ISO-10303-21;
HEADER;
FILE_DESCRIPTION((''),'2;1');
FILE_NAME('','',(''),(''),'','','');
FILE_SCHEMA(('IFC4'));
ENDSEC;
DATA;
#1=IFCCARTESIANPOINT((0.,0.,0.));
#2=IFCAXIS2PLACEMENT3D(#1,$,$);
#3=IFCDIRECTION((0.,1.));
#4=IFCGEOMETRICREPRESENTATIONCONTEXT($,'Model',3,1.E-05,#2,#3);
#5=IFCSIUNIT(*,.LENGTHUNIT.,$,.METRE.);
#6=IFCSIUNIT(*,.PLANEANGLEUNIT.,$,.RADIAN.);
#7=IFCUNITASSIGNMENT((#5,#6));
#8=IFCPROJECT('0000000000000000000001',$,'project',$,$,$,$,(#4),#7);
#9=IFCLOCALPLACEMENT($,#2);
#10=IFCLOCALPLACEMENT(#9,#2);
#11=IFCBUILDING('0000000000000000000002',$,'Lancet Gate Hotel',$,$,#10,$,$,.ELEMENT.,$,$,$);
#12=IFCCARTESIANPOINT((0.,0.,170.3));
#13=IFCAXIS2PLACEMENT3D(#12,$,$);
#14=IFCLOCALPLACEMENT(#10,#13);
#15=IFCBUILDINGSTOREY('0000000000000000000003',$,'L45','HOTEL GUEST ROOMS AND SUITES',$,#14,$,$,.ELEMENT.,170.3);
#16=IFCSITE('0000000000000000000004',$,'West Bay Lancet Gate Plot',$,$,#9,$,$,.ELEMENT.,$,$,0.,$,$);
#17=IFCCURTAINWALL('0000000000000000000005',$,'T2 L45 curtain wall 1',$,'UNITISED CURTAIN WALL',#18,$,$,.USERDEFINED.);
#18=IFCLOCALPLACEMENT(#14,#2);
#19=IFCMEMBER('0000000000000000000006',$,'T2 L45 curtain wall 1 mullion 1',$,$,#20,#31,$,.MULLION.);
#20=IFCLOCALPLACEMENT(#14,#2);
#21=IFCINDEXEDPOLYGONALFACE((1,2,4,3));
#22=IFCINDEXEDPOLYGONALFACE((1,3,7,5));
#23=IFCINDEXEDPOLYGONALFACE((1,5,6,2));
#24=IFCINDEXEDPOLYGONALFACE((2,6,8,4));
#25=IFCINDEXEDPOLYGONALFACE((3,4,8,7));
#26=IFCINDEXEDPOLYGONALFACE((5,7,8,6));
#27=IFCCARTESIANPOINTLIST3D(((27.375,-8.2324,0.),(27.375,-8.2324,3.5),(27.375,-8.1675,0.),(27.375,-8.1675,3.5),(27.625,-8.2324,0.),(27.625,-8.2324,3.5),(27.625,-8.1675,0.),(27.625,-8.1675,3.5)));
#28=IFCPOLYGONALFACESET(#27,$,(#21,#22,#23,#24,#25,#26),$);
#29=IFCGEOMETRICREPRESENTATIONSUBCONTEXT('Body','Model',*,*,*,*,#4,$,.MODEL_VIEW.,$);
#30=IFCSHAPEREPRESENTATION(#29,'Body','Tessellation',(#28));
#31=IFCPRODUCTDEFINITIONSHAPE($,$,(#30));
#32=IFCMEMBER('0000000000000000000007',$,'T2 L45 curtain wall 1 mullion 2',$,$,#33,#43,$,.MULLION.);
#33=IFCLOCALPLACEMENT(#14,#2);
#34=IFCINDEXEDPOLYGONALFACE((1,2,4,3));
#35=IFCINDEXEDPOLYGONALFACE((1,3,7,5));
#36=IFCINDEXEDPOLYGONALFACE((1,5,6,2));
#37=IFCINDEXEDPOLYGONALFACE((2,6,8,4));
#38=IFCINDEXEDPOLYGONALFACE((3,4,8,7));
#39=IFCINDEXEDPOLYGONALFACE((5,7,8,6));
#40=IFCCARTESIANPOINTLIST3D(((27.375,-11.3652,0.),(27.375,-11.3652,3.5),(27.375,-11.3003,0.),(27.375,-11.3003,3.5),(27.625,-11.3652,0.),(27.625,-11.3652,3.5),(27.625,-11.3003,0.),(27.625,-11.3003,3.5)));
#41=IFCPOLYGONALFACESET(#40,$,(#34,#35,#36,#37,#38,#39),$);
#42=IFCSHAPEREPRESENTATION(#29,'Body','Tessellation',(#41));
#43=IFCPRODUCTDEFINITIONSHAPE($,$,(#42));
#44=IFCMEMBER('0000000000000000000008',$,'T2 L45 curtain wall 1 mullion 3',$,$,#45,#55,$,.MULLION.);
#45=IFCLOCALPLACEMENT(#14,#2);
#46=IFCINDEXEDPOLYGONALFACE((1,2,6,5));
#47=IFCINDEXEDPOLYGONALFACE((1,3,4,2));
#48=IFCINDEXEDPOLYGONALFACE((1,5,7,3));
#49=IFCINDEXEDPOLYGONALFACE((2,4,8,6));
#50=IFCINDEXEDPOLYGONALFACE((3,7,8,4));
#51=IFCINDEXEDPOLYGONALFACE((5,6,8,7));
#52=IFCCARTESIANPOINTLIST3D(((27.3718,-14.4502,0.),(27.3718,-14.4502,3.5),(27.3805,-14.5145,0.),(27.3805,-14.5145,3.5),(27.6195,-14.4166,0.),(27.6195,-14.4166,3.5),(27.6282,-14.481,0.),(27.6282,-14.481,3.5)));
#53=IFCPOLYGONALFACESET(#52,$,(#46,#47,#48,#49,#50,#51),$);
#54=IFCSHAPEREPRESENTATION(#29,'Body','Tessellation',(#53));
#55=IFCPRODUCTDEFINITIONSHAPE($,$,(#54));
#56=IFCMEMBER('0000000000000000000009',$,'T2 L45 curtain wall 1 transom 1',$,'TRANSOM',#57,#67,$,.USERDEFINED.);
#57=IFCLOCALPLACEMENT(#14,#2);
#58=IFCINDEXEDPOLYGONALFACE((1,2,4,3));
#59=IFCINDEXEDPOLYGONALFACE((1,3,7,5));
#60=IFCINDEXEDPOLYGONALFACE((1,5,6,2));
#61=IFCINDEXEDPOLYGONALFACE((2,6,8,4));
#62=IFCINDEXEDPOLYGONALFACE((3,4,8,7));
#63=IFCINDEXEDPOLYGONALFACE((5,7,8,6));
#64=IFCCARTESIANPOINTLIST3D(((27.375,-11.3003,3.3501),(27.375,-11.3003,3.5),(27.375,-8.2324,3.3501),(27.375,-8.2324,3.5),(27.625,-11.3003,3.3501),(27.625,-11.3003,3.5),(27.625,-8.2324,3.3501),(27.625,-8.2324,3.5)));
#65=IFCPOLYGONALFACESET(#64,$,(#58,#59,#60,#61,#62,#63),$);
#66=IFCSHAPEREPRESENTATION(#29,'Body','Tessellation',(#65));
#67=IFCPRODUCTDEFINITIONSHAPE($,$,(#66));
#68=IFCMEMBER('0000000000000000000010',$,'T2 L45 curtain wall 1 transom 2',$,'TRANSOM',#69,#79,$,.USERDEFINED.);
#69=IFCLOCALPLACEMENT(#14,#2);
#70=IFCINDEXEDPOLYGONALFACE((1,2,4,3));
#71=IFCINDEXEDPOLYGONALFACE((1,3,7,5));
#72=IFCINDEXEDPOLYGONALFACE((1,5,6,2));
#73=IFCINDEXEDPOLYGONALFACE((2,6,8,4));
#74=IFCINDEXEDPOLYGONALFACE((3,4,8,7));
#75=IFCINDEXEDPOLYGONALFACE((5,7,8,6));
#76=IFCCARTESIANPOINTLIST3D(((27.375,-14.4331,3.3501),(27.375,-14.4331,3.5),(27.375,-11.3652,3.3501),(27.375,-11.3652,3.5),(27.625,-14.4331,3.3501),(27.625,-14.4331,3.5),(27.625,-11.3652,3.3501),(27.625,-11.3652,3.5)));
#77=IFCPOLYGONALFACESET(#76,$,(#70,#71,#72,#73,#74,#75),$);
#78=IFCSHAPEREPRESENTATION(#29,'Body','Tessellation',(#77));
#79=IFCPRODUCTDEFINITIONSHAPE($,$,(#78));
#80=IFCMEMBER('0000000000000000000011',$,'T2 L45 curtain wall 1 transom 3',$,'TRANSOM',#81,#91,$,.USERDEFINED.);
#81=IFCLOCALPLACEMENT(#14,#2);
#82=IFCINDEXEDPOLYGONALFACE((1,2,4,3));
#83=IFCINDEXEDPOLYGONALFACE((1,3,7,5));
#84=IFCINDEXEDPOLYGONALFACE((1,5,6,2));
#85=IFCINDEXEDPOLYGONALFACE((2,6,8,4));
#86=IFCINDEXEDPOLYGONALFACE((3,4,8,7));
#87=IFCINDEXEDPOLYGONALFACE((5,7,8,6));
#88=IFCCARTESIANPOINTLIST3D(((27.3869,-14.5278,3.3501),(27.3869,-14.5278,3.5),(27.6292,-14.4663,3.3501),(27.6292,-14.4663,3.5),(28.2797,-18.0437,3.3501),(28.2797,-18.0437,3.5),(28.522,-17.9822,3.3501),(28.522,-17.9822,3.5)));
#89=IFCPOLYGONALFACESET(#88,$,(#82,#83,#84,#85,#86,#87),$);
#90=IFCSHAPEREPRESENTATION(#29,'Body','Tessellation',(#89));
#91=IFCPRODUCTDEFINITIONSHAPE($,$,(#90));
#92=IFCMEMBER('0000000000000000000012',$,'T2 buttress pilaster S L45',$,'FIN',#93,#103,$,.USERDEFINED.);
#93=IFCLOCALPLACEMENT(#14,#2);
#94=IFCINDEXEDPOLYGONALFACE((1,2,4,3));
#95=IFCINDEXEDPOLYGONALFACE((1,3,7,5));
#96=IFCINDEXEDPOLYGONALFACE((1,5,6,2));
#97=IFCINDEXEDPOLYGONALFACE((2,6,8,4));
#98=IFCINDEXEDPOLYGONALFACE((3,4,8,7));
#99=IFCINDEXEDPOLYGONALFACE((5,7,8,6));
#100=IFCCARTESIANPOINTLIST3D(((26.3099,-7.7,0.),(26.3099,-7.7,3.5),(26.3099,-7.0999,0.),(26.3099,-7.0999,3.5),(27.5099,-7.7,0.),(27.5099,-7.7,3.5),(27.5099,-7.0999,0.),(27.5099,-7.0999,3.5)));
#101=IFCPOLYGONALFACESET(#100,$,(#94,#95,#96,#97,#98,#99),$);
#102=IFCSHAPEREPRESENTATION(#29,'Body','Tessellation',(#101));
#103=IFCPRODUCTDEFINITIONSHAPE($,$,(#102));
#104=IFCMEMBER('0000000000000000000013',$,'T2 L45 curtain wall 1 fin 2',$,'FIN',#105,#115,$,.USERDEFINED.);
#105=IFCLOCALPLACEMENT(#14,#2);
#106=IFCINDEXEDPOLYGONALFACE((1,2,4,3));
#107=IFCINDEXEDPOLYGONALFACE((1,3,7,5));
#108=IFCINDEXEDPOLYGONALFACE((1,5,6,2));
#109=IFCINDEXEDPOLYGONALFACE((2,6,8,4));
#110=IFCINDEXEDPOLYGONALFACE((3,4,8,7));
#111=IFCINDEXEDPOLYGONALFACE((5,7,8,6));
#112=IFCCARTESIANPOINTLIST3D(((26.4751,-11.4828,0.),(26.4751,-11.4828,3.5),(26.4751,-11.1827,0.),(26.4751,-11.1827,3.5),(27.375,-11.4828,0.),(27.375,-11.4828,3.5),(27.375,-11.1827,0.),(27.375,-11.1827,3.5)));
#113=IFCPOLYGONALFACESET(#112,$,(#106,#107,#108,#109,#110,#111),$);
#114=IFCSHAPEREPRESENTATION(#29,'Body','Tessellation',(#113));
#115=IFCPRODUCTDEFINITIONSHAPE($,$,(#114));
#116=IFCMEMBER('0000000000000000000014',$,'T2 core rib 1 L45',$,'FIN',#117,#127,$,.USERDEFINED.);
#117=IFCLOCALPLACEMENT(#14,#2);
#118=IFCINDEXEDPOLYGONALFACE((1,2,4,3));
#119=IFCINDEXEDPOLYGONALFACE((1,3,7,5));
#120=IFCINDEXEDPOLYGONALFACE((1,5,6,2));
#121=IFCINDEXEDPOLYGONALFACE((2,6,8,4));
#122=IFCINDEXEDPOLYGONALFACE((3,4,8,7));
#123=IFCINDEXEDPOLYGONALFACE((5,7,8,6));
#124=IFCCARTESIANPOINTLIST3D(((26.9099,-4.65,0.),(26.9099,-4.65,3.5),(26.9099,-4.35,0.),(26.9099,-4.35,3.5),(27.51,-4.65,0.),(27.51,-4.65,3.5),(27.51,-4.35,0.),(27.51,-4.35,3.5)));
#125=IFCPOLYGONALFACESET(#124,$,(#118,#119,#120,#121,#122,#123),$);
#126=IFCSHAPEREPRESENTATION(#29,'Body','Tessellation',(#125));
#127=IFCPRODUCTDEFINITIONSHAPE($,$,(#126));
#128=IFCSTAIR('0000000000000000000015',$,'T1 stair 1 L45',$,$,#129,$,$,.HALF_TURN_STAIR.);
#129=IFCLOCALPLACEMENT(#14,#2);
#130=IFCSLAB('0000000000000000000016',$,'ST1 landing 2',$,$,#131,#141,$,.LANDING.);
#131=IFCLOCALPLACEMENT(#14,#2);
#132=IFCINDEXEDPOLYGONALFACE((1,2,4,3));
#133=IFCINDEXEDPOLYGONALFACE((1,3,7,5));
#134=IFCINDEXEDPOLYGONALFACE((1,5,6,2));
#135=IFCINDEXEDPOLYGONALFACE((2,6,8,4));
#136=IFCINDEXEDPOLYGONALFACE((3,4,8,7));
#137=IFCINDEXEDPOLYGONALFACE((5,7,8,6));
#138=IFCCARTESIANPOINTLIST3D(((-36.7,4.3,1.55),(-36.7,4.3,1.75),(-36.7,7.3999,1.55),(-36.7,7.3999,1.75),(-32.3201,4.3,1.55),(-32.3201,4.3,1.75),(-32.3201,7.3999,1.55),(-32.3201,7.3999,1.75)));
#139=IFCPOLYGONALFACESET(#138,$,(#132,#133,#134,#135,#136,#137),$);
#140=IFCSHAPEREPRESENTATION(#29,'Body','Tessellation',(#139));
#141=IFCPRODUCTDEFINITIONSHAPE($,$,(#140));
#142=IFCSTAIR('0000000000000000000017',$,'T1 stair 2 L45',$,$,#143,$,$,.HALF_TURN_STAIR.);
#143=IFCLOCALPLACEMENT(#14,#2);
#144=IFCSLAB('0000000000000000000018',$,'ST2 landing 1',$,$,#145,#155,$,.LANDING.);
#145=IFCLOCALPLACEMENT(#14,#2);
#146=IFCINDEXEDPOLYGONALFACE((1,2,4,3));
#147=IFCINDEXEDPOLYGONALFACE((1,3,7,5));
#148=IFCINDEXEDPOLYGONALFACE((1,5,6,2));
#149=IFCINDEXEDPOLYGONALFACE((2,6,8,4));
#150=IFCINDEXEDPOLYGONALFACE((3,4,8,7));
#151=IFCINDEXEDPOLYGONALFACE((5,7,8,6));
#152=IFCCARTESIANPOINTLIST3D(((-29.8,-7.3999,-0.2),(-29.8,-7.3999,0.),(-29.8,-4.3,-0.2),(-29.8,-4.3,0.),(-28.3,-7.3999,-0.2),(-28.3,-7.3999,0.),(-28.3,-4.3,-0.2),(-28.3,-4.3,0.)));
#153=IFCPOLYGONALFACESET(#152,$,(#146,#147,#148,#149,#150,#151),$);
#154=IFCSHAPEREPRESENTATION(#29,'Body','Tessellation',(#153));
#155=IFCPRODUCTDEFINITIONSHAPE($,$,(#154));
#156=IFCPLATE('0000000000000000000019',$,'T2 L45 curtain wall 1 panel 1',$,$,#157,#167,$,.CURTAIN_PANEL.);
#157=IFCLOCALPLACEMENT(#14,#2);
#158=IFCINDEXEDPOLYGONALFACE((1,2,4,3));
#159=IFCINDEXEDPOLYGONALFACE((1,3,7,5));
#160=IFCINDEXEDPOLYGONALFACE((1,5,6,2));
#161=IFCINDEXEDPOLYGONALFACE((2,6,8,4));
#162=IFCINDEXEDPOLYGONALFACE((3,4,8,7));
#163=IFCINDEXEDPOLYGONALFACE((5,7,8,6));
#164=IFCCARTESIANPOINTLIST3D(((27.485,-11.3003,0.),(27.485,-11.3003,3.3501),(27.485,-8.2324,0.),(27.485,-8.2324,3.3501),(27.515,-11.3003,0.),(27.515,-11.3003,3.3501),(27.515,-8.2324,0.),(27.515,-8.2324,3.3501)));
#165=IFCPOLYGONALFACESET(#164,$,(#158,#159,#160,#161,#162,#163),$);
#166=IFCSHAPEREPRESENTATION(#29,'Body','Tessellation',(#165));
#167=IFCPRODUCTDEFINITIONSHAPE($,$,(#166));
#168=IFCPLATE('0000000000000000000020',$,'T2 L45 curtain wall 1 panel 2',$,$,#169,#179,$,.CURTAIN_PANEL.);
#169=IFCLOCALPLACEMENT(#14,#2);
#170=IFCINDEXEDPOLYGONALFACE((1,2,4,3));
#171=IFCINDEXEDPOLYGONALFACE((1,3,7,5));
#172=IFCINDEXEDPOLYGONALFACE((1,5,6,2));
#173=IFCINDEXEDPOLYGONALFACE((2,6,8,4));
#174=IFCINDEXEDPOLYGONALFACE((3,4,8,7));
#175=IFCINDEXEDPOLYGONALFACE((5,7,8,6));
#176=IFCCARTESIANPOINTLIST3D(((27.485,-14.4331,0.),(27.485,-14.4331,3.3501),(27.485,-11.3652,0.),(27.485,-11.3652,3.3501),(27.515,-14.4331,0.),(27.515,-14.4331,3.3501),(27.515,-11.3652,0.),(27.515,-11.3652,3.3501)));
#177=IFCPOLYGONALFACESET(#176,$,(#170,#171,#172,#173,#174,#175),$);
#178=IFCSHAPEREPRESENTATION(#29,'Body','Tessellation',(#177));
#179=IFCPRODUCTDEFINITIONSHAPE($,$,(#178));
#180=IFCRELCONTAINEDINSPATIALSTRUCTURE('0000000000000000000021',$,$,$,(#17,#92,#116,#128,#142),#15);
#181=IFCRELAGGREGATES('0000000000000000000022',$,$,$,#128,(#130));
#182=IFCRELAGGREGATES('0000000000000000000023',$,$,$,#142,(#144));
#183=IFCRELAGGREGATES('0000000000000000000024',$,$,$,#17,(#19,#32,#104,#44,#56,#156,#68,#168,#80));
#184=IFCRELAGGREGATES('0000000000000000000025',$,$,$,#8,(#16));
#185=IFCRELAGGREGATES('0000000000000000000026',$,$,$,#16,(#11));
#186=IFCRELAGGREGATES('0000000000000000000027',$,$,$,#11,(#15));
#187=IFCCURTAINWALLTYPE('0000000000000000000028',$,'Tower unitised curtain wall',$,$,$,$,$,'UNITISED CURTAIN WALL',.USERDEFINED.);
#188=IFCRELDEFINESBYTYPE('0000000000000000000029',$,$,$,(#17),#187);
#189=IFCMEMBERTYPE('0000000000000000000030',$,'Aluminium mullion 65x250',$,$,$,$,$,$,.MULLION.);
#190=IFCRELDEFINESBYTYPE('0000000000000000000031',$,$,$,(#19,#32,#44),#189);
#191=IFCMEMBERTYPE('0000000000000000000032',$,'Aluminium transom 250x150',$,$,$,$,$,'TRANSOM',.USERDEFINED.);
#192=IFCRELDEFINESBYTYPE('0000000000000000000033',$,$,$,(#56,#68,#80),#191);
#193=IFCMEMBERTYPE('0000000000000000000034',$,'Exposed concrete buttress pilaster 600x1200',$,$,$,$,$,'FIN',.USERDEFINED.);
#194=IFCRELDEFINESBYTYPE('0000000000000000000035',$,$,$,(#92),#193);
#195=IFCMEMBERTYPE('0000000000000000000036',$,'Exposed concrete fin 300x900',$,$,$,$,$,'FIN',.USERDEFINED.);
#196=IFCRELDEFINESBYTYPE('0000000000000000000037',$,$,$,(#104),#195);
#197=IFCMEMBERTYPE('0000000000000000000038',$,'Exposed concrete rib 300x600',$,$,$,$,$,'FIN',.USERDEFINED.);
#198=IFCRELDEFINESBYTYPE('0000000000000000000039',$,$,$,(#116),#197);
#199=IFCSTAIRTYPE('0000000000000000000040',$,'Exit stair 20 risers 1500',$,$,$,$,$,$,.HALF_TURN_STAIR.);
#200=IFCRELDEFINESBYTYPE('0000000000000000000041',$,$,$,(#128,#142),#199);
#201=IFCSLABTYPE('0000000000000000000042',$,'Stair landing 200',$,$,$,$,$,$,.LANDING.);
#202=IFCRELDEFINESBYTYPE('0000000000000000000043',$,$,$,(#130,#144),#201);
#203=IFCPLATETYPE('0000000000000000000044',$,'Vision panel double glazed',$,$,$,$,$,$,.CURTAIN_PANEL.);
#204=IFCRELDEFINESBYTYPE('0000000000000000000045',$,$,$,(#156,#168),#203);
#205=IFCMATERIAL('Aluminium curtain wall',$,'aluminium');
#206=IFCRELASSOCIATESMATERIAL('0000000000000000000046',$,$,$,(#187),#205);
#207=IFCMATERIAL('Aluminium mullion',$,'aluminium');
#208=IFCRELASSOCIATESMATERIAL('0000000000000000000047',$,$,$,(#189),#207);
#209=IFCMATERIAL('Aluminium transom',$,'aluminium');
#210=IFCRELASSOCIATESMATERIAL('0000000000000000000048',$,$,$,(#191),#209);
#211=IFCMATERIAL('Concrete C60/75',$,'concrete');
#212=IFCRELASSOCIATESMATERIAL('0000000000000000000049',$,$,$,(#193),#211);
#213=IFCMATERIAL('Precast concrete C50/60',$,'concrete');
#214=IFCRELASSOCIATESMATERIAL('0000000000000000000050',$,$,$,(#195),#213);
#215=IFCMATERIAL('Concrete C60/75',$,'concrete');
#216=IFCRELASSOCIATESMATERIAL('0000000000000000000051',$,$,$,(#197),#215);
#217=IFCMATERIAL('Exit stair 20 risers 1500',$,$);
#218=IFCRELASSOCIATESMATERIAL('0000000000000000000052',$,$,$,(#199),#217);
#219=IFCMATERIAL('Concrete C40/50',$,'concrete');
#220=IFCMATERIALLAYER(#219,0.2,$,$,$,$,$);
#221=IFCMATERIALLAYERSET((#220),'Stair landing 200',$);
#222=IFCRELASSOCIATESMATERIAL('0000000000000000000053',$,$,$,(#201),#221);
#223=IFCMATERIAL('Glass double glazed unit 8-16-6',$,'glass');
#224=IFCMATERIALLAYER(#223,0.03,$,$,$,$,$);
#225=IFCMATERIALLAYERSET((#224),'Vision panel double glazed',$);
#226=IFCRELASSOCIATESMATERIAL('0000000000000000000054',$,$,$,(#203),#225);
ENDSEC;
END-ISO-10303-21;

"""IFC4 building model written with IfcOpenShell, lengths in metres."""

from ifc_helpers import new_model, si_unit, direction, frame, origin, origin_2d, place, context, subcontext, project, spatial, polyline, rectangle, outline, extrude, material, layer, layer_set, material_profile, profile_set, type_object, element, aggregate, save


model = new_model("IFC4")

# Units and contexts
model_context = context("Model", 3, precision=1e-05, world=origin(), true_north=direction((0.0, 1.0)))
body_context = subcontext(model_context, "Body", "Model", "MODEL_VIEW")
ifc_project = project(units=[si_unit("LENGTHUNIT", "METRE"), si_unit("PLANEANGLEUNIT", "RADIAN")], contexts=[model_context])

# Site, building, storey
site_placement = place(None, origin())
site = spatial("IfcSite", under=ifc_project, at=site_placement, Name="West Bay Lancet Gate Plot", CompositionType="ELEMENT", RefElevation=0.0)
building_placement = place(site_placement, origin())
building = spatial("IfcBuilding", under=site, at=building_placement, Name="Lancet Gate Hotel", CompositionType="ELEMENT")
storey_placement = place(building_placement, frame((0.0, 0.0, 170.3)))
storey = spatial("IfcBuildingStorey", under=building, at=storey_placement, Name="L45", Description="HOTEL GUEST ROOMS AND SUITES", CompositionType="ELEMENT", Elevation=170.3)

# Curtain wall, members
ifc_material_1 = material(Name="Aluminium curtain wall", Category="aluminium")
curtain_wall_type = type_object("IfcCurtainWallType", Name="Tower unitised curtain wall", ElementType="UNITISED CURTAIN WALL", PredefinedType="USERDEFINED", material=ifc_material_1)
curtain_wall_placement = place(storey_placement, origin())
curtain_wall = element("IfcCurtainWall", 1, at=curtain_wall_placement, inside=storey, type_object=curtain_wall_type, Name="T2 L45 curtain wall 1", ObjectType="UNITISED CURTAIN WALL", PredefinedType="USERDEFINED")
ifc_material_2 = material(Name="Aluminium mullion", Category="aluminium")
ifc_material_profile_1 = material_profile(ifc_material_2, rectangle(XDim=0.0649, YDim=0.25, at=origin_2d()), Name="MULLION 65x250")
ifc_profile_set_1 = profile_set([ifc_material_profile_1], Name="Aluminium mullion")
member_type_1 = type_object("IfcMemberType", Name="Aluminium mullion 65x250", PredefinedType="MULLION", material=ifc_profile_set_1)
member_1_placement = place(storey_placement, frame((27.5, -8.2, 0.0), z_axis=(0.0, 0.0, 1.0), x_axis=(0.0, -1.0, 0.0)))
member_1 = element("IfcMember", 2, at=member_1_placement, type_object=member_type_1, Name="T2 L45 curtain wall 1 mullion 1", PredefinedType="MULLION", context=body_context, shape_type="SweptSolid", body=[
    extrude(rectangle(XDim=0.0649, YDim=0.25, at=origin_2d()), origin(), (0.0, 0.0, 1.0), 3.5),
])
member_2_placement = place(storey_placement, frame((27.5, -11.3328, 0.0), z_axis=(0.0, 0.0, 1.0), x_axis=(0.0, -1.0, 0.0)))
member_2 = element("IfcMember", 3, at=member_2_placement, type_object=member_type_1, Name="T2 L45 curtain wall 1 mullion 2", PredefinedType="MULLION", context=body_context, shape_type="SweptSolid", body=[
    extrude(rectangle(XDim=0.0649, YDim=0.25, at=origin_2d()), origin(), (0.0, 0.0, 1.0), 3.5),
])
member_3_placement = place(storey_placement, frame((27.5, -14.4656, 0.0), z_axis=(0.0, 0.0, 1.0), x_axis=(0.134207, -0.990953, 0.0)))
member_3 = element("IfcMember", 4, at=member_3_placement, type_object=member_type_1, Name="T2 L45 curtain wall 1 mullion 3", PredefinedType="MULLION", context=body_context, shape_type="SweptSolid", body=[
    extrude(rectangle(XDim=0.0649, YDim=0.25, at=origin_2d()), origin(), (0.0, 0.0, 1.0), 3.5),
])
ifc_material_3 = material(Name="Aluminium transom", Category="aluminium")
ifc_material_profile_2 = material_profile(ifc_material_3, rectangle(XDim=0.25, YDim=0.1499, at=origin_2d()), Name="TRANSOM 250x150")
ifc_profile_set_2 = profile_set([ifc_material_profile_2], Name="Aluminium transom")
member_type_2 = type_object("IfcMemberType", Name="Aluminium transom 250x150", ElementType="TRANSOM", PredefinedType="USERDEFINED", material=ifc_profile_set_2)
member_4_placement = place(storey_placement, frame((27.5, -8.2324, 3.425), z_axis=(0.0, -1.0, 0.0), x_axis=(1.0, 0.0, 0.0)))
member_4 = element("IfcMember", 5, at=member_4_placement, type_object=member_type_2, Name="T2 L45 curtain wall 1 transom 1", ObjectType="TRANSOM", PredefinedType="USERDEFINED", context=body_context, shape_type="SweptSolid", body=[
    extrude(rectangle(XDim=0.25, YDim=0.1499, at=origin_2d()), origin(), (0.0, 0.0, 1.0), 3.0679),
])
member_5_placement = place(storey_placement, frame((27.5, -11.3652, 3.425), z_axis=(0.0, -1.0, 0.0), x_axis=(1.0, 0.0, 0.0)))
member_5 = element("IfcMember", 6, at=member_5_placement, type_object=member_type_2, Name="T2 L45 curtain wall 1 transom 2", ObjectType="TRANSOM", PredefinedType="USERDEFINED", context=body_context, shape_type="SweptSolid", body=[
    extrude(rectangle(XDim=0.25, YDim=0.1499, at=origin_2d()), origin(), (0.0, 0.0, 1.0), 3.0679),
])
member_6_placement = place(storey_placement, frame((27.5081, -14.4971, 3.425), z_axis=(0.246129, -0.969237, 0.0), x_axis=(0.969237, 0.246129, 0.0)))
member_6 = element("IfcMember", 7, at=member_6_placement, type_object=member_type_2, Name="T2 L45 curtain wall 1 transom 3", ObjectType="TRANSOM", PredefinedType="USERDEFINED", context=body_context, shape_type="SweptSolid", body=[
    extrude(rectangle(XDim=0.25, YDim=0.1499, at=origin_2d()), origin(), (0.0, 0.0, 1.0), 3.6274),
])

# Members
ifc_material_4 = material(Name="Concrete C60/75", Category="concrete")
ifc_material_profile_3 = material_profile(ifc_material_4, rectangle(XDim=0.6001, YDim=1.2, at=origin_2d()), Name="FIN 600x1200")
ifc_profile_set_3 = profile_set([ifc_material_profile_3], Name="Concrete C60/75")
member_type_3 = type_object("IfcMemberType", Name="Exposed concrete buttress pilaster 600x1200", ElementType="FIN", PredefinedType="USERDEFINED", material=ifc_profile_set_3)
member_7_placement = place(storey_placement, frame((26.9099, -7.3999, 0.0), z_axis=(0.0, 0.0, 1.0), x_axis=(0.0, 1.0, 0.0)))
element("IfcMember", 8, at=member_7_placement, inside=storey, type_object=member_type_3, Name="T2 buttress pilaster S L45", ObjectType="FIN", PredefinedType="USERDEFINED", context=body_context, shape_type="SweptSolid", body=[
    extrude(rectangle(XDim=0.6001, YDim=1.2, at=origin_2d()), origin(), (0.0, 0.0, 1.0), 3.5),
])
ifc_material_5 = material(Name="Precast concrete C50/60", Category="concrete")
ifc_material_profile_4 = material_profile(ifc_material_5, rectangle(XDim=0.3, YDim=0.8999, at=origin_2d()), Name="FIN 300x900")
ifc_profile_set_4 = profile_set([ifc_material_profile_4], Name="Precast concrete C50/60")
member_type_4 = type_object("IfcMemberType", Name="Exposed concrete fin 300x900", ElementType="FIN", PredefinedType="USERDEFINED", material=ifc_profile_set_4)
member_8_placement = place(storey_placement, frame((26.925, -11.3328, 0.0), z_axis=(0.0, 0.0, 1.0), x_axis=(0.0, -1.0, 0.0)))
member_8 = element("IfcMember", 9, at=member_8_placement, type_object=member_type_4, Name="T2 L45 curtain wall 1 fin 2", ObjectType="FIN", PredefinedType="USERDEFINED", context=body_context, shape_type="SweptSolid", body=[
    extrude(rectangle(XDim=0.3, YDim=0.8999, at=origin_2d()), origin(), (0.0, 0.0, 1.0), 3.5),
])
ifc_material_6 = material(Name="Concrete C60/75", Category="concrete")
ifc_material_profile_5 = material_profile(ifc_material_6, rectangle(XDim=0.3, YDim=0.6001, at=origin_2d()), Name="FIN 300x600")
ifc_profile_set_5 = profile_set([ifc_material_profile_5], Name="Concrete C60/75")
member_type_5 = type_object("IfcMemberType", Name="Exposed concrete rib 300x600", ElementType="FIN", PredefinedType="USERDEFINED", material=ifc_profile_set_5)
member_9_placement = place(storey_placement, frame((27.21, -4.5, 0.0), z_axis=(0.0, 0.0, 1.0), x_axis=(0.0, 1.0, 0.0)))
element("IfcMember", 10, at=member_9_placement, inside=storey, type_object=member_type_5, Name="T2 core rib 1 L45", ObjectType="FIN", PredefinedType="USERDEFINED", context=body_context, shape_type="SweptSolid", body=[
    extrude(rectangle(XDim=0.3, YDim=0.6001, at=origin_2d()), origin(), (0.0, 0.0, 1.0), 3.5),
])

# Stairs, slabs
ifc_material_7 = material(Name="Exit stair 20 risers 1500")
stair_type = type_object("IfcStairType", Name="Exit stair 20 risers 1500", PredefinedType="HALF_TURN_STAIR", material=ifc_material_7)
stair_1_placement = place(storey_placement, origin())
stair_1 = element("IfcStair", 11, at=stair_1_placement, inside=storey, type_object=stair_type, Name="T1 stair 1 L45", PredefinedType="HALF_TURN_STAIR")
ifc_material_8 = material(Name="Concrete C40/50", Category="concrete")
ifc_layer_1 = layer(ifc_material_8, 0.2)
ifc_layer_set_1 = layer_set([ifc_layer_1], Name="Stair landing 200")
slab_type = type_object("IfcSlabType", Name="Stair landing 200", PredefinedType="LANDING", material=ifc_layer_set_1)
slab_1_placement = place(storey_placement, frame((0.0, 0.0, 1.55)))
slab_1 = element("IfcSlab", 12, at=slab_1_placement, type_object=slab_type, Name="ST1 landing 2", PredefinedType="LANDING", context=body_context, shape_type="SweptSolid", body=[
    extrude(outline(polyline([(-32.3201, 7.3999), (-36.7, 7.3999), (-36.7, 4.3), (-32.3201, 4.3), (-32.3201, 7.3999)])), origin(), (0.0, 0.0, 1.0), 0.2),
])
aggregate(stair_1, [slab_1])
stair_2_placement = place(storey_placement, origin())
stair_2 = element("IfcStair", 13, at=stair_2_placement, inside=storey, type_object=stair_type, Name="T1 stair 2 L45", PredefinedType="HALF_TURN_STAIR")
slab_2_placement = place(storey_placement, frame((0.0, 0.0, -0.2)))
slab_2 = element("IfcSlab", 14, at=slab_2_placement, type_object=slab_type, Name="ST2 landing 1", PredefinedType="LANDING", context=body_context, shape_type="SweptSolid", body=[
    extrude(outline(polyline([(-28.3, -4.3), (-29.8, -4.3), (-29.8, -7.3999), (-28.3, -7.3999), (-28.3, -4.3)])), origin(), (0.0, 0.0, 1.0), 0.2),
])
aggregate(stair_2, [slab_2])

# Plates
ifc_material_9 = material(Name="Glass double glazed unit 8-16-6", Category="glass")
ifc_layer_2 = layer(ifc_material_9, 0.03)
ifc_layer_set_2 = layer_set([ifc_layer_2], Name="Vision panel double glazed")
plate_type = type_object("IfcPlateType", Name="Vision panel double glazed", PredefinedType="CURTAIN_PANEL", material=ifc_layer_set_2)
plate_1_placement = place(storey_placement, frame((27.5, -9.7664, 0.0), z_axis=(0.0, 0.0, 1.0), x_axis=(0.0, -1.0, 0.0)))
plate_1 = element("IfcPlate", 15, at=plate_1_placement, type_object=plate_type, Name="T2 L45 curtain wall 1 panel 1", PredefinedType="CURTAIN_PANEL", context=body_context, shape_type="SweptSolid", body=[
    extrude(rectangle(XDim=3.0679, YDim=0.03, at=origin_2d()), origin(), (0.0, 0.0, 1.0), 3.3501),
])
plate_2_placement = place(storey_placement, frame((27.5, -12.8992, 0.0), z_axis=(0.0, 0.0, 1.0), x_axis=(0.0, -1.0, 0.0)))
plate_2 = element("IfcPlate", 16, at=plate_2_placement, type_object=plate_type, Name="T2 L45 curtain wall 1 panel 2", PredefinedType="CURTAIN_PANEL", context=body_context, shape_type="SweptSolid", body=[
    extrude(rectangle(XDim=3.0679, YDim=0.03, at=origin_2d()), origin(), (0.0, 0.0, 1.0), 3.3501),
])
aggregate(curtain_wall, [member_1, member_2, member_8, member_3, member_4, plate_1, member_5, plate_2, member_6])

save(model, "model.ifc")
